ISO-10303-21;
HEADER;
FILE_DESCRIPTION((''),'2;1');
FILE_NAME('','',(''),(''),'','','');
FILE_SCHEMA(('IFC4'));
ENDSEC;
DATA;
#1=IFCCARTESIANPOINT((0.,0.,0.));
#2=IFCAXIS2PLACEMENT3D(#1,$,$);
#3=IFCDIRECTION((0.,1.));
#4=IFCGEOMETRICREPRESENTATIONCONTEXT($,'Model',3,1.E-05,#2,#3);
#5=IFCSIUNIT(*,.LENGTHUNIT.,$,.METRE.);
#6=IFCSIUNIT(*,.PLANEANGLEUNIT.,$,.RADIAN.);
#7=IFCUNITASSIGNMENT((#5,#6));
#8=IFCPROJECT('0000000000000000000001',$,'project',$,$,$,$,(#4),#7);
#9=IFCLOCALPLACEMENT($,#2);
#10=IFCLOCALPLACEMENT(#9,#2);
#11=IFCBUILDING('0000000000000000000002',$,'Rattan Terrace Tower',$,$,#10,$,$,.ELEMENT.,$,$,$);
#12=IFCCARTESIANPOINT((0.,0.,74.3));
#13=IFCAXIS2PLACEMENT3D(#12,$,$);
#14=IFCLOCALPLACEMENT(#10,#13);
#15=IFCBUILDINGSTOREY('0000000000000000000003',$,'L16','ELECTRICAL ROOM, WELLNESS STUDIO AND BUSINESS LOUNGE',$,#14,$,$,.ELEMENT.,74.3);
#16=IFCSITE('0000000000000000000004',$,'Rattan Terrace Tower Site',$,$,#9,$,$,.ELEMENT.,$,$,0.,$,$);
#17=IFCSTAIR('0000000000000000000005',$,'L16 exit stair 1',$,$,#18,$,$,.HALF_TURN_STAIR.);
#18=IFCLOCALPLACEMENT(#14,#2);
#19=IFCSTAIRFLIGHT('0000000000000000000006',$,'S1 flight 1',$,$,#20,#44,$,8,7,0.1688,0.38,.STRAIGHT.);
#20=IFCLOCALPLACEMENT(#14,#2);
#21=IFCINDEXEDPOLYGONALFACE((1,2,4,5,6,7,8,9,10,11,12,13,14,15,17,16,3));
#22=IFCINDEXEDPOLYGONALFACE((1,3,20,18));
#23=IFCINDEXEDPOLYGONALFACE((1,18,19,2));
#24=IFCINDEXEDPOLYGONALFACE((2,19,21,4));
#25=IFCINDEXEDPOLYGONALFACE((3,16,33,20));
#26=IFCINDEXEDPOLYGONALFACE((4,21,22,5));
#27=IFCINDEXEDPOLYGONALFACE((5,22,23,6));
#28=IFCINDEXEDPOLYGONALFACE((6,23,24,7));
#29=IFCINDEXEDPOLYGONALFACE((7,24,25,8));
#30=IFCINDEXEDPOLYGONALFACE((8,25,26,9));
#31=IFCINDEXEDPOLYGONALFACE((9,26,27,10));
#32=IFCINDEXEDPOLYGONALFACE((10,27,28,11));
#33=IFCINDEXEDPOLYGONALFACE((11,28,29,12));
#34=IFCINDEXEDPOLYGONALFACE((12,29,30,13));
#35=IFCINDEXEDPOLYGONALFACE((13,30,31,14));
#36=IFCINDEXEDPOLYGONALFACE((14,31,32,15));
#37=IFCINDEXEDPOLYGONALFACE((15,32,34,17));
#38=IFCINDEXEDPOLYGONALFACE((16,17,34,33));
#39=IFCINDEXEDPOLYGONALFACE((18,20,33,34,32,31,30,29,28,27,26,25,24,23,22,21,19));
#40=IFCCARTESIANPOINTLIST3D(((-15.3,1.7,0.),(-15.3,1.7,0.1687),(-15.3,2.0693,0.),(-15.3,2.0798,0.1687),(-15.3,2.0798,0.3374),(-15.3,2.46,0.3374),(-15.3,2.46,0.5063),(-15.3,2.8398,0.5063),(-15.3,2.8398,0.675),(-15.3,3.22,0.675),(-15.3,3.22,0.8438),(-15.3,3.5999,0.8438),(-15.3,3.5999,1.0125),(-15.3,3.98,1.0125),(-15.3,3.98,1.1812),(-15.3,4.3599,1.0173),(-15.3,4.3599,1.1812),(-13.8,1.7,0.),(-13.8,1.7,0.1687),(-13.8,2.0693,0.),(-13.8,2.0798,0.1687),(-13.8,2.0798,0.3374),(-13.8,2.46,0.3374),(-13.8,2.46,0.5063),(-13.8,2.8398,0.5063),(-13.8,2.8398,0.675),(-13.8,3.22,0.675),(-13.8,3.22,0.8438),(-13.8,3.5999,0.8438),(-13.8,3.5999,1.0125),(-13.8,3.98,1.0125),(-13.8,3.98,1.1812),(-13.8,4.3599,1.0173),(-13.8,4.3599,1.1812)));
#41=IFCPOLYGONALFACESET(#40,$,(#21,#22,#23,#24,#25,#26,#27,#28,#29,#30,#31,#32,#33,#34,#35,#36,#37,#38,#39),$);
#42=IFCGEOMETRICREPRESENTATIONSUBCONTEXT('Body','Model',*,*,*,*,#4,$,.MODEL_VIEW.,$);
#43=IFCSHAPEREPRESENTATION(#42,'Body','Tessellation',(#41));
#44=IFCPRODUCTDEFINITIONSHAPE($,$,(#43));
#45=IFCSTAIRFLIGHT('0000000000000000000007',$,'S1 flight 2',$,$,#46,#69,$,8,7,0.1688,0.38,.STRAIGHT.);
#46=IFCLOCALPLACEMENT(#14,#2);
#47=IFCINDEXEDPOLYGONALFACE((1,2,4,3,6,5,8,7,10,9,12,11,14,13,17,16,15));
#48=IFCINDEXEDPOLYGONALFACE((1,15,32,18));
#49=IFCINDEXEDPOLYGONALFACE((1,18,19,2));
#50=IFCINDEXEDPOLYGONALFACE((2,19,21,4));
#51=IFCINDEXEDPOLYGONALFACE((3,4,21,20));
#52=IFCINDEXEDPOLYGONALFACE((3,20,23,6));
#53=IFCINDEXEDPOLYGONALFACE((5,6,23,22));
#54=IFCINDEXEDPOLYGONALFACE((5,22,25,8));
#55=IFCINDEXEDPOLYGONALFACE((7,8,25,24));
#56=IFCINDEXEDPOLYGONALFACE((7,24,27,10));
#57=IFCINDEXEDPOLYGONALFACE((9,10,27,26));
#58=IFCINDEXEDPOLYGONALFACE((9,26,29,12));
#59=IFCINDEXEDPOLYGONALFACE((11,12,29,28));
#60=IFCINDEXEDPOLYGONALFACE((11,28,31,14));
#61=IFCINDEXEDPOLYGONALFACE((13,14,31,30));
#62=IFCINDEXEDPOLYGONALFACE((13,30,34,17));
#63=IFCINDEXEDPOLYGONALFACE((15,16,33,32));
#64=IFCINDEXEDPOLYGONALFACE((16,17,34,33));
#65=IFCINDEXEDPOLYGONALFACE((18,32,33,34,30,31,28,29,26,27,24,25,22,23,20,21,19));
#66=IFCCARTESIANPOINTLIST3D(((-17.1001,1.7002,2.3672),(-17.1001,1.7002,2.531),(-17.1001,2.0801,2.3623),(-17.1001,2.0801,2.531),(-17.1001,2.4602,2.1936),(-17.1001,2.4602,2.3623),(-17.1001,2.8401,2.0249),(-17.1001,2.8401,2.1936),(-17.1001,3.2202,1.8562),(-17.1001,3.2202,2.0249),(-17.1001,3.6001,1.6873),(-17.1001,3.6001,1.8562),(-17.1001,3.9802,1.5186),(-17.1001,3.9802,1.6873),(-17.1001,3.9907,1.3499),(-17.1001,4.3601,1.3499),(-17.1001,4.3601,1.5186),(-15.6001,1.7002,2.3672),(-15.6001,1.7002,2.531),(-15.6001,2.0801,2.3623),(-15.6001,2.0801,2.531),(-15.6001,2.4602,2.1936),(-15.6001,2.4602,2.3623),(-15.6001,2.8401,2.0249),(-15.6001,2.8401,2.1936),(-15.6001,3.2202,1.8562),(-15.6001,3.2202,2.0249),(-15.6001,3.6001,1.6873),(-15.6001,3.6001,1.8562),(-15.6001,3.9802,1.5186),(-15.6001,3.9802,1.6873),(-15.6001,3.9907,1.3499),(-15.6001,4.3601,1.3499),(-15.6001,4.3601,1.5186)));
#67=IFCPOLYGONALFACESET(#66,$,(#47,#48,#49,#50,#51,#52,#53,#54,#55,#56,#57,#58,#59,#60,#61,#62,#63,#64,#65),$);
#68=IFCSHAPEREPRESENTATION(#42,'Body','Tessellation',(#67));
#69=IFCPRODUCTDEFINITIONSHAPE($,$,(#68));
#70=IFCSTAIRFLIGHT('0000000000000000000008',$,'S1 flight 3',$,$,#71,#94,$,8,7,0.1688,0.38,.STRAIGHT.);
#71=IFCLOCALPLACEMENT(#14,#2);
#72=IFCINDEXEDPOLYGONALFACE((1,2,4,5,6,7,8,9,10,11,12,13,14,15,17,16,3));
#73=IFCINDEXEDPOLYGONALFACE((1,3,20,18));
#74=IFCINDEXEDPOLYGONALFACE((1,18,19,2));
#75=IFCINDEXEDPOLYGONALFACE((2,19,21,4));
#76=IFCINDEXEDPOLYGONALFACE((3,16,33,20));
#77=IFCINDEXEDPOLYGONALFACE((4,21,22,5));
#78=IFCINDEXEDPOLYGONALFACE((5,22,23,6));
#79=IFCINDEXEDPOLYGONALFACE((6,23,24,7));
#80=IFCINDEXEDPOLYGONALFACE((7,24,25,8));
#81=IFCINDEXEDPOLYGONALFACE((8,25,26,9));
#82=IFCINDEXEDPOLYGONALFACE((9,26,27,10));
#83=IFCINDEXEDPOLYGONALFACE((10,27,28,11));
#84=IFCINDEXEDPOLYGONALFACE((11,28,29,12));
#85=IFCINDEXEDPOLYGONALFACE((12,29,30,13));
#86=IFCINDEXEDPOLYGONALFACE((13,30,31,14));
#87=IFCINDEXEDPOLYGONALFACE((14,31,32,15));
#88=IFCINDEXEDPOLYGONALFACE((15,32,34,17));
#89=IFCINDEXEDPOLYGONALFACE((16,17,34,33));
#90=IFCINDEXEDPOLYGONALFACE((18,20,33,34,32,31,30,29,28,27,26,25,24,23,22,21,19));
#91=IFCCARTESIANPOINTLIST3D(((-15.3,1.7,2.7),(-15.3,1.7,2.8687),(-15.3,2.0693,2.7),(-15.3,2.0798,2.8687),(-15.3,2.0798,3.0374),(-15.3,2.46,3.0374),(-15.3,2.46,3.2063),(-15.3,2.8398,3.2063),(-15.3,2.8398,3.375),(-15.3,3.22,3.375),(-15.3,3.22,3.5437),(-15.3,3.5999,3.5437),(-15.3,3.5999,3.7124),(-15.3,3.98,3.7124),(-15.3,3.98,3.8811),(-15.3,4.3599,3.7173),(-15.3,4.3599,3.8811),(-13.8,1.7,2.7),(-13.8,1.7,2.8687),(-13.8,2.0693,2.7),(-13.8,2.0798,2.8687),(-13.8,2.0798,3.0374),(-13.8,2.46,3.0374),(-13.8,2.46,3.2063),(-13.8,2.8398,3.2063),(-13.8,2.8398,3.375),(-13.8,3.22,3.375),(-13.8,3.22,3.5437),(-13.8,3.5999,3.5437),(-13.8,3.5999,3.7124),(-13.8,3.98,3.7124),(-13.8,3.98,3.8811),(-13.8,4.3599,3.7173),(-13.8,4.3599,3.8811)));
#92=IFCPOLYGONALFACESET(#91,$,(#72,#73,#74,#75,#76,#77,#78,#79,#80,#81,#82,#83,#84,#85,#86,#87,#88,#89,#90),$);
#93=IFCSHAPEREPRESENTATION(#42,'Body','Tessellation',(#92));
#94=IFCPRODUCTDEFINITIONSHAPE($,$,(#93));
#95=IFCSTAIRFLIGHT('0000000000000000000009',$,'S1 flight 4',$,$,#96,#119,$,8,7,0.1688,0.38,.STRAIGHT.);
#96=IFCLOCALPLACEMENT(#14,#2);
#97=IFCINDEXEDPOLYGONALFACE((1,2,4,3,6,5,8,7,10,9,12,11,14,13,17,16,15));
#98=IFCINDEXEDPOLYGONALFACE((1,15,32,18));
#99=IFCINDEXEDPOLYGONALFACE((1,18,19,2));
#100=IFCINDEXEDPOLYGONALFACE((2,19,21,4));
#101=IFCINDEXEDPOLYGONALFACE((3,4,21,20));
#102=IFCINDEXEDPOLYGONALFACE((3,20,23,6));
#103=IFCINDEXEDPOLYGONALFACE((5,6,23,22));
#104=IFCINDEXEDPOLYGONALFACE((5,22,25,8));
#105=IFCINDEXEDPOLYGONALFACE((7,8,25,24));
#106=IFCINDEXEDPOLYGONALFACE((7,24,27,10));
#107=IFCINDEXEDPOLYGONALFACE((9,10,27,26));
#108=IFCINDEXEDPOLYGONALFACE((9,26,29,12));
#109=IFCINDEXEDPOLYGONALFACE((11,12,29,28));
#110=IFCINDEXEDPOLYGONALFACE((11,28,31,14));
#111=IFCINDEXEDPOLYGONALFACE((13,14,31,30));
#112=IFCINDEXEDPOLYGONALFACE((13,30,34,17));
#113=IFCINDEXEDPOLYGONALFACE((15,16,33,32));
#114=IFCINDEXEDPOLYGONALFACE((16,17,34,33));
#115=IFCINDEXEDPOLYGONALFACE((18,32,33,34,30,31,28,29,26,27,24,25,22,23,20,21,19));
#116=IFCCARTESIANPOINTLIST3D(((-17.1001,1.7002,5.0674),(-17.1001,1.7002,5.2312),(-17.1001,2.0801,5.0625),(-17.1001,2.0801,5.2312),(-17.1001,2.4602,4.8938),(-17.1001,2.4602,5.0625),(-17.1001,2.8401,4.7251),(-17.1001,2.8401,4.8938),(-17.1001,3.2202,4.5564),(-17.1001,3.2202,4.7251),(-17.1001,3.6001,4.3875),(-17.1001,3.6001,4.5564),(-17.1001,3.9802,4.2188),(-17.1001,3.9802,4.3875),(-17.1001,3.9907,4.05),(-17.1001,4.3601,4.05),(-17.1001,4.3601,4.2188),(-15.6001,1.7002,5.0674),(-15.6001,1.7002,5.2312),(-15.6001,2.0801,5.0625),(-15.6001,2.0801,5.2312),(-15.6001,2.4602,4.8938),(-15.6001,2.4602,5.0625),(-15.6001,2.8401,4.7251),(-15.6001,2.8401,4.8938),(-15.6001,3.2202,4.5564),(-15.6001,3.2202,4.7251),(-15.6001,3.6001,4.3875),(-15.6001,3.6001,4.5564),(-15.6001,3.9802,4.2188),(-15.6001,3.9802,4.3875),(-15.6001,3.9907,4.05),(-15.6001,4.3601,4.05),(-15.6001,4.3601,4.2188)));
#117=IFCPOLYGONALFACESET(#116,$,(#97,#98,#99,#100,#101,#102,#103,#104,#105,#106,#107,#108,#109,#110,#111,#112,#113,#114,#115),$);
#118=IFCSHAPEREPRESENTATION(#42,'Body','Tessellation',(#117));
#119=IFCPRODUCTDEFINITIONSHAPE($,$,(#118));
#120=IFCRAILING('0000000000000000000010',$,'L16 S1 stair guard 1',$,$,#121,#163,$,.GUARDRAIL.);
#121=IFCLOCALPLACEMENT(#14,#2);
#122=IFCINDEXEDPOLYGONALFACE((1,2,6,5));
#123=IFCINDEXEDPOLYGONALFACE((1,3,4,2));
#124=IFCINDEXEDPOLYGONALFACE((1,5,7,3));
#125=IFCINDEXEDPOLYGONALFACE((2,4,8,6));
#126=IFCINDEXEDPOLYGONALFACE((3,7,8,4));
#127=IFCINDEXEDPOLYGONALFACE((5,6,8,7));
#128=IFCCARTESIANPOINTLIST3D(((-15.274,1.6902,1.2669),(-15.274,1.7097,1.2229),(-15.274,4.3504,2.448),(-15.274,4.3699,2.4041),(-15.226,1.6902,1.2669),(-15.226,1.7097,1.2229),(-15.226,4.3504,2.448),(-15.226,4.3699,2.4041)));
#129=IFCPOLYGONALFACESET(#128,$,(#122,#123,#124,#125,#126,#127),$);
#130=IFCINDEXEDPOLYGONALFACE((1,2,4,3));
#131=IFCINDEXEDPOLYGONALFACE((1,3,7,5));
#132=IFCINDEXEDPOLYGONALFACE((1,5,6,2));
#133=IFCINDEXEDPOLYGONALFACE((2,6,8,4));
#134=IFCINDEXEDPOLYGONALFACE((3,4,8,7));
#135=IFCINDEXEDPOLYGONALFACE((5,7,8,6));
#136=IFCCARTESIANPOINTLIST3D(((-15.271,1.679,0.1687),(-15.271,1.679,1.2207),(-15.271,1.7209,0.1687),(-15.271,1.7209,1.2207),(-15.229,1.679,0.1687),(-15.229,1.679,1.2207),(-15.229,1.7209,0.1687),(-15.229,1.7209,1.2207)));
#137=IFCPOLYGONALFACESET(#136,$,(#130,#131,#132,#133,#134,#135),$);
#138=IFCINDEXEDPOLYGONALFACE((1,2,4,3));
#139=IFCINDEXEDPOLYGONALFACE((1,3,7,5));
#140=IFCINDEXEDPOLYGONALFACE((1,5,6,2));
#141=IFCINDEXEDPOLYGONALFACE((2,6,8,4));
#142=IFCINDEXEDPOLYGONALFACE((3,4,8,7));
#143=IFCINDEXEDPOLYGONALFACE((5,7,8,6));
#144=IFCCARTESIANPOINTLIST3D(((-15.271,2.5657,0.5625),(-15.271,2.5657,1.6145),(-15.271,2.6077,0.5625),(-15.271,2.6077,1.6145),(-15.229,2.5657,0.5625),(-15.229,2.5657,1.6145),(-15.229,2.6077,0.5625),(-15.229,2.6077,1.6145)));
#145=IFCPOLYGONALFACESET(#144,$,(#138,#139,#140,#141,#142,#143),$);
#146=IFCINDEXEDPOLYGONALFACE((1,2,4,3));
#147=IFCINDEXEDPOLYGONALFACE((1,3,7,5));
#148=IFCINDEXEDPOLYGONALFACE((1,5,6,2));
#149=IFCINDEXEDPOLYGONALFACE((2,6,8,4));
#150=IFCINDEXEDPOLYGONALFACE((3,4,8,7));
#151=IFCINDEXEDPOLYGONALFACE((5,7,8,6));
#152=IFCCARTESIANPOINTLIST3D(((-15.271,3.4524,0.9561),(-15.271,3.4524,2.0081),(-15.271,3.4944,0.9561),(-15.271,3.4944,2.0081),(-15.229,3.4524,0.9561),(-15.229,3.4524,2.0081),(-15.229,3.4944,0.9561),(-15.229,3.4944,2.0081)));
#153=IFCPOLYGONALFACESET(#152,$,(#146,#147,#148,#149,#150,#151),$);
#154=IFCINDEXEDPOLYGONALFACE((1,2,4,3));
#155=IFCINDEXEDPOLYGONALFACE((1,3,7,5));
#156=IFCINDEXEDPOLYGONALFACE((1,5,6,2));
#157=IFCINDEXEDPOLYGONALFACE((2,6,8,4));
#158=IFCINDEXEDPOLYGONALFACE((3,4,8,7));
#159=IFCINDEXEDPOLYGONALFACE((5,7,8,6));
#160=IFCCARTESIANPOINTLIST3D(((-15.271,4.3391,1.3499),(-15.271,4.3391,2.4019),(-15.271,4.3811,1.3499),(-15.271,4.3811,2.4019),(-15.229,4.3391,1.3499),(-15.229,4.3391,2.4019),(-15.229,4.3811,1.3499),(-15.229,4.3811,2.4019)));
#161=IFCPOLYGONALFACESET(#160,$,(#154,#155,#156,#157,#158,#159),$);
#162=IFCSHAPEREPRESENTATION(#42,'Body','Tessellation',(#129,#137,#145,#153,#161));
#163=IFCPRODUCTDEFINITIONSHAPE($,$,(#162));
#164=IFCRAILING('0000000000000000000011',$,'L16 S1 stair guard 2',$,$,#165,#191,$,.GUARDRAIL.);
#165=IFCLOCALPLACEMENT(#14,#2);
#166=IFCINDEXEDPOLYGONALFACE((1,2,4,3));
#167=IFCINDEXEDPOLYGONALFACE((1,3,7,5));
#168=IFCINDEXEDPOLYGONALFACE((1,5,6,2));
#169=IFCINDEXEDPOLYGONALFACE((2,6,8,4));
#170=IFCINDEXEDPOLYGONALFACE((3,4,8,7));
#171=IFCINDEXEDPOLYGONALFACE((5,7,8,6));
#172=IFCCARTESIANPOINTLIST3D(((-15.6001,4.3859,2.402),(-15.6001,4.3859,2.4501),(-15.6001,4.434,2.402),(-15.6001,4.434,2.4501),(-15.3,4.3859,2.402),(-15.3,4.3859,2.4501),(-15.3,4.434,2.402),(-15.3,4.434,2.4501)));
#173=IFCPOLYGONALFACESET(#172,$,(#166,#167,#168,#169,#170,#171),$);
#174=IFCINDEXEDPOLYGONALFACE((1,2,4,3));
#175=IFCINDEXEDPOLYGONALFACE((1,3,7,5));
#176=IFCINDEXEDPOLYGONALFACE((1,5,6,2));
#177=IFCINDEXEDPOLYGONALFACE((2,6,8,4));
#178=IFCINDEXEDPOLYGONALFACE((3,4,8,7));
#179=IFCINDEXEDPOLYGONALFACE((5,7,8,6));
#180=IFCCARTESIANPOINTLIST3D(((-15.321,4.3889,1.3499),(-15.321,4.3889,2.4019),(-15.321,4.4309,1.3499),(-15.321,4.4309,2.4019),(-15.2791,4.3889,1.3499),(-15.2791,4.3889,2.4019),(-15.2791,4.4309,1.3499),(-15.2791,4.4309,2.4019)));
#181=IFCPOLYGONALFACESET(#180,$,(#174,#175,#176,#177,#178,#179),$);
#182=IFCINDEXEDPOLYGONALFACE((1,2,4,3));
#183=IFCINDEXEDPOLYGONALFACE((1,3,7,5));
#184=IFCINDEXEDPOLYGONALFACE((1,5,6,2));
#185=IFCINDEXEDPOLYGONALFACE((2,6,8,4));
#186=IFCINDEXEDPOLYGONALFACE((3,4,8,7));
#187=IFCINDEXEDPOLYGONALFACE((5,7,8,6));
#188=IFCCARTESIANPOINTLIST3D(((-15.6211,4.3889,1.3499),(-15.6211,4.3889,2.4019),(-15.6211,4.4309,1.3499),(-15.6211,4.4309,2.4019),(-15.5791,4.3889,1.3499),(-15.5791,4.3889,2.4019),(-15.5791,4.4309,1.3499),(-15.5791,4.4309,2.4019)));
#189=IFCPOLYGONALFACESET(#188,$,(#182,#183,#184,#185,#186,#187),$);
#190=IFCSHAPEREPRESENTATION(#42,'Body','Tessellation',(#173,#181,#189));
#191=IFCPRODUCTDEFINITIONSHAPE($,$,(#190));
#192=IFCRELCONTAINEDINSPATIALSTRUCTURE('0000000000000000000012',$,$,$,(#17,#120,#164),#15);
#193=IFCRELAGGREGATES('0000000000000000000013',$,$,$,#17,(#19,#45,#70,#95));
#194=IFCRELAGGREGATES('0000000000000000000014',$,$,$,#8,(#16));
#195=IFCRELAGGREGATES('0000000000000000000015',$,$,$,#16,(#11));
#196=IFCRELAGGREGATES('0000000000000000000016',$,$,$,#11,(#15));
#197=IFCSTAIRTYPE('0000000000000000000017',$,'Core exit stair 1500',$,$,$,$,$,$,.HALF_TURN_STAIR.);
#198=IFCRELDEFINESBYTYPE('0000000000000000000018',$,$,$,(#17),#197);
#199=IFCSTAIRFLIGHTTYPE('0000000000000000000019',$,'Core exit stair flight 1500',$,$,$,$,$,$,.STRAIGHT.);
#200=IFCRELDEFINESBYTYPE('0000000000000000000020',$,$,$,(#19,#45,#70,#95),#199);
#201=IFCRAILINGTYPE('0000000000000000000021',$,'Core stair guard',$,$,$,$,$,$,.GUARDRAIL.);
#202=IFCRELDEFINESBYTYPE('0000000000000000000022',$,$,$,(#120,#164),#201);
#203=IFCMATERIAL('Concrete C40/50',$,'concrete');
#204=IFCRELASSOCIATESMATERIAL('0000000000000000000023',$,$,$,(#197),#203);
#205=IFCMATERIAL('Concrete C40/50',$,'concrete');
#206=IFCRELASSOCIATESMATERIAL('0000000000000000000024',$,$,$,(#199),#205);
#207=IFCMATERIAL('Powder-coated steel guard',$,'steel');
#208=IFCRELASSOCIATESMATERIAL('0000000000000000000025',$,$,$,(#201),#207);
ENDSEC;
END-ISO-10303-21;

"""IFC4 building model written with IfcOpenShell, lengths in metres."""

from ifc_helpers import new_model, si_unit, direction, frame, origin, origin_2d, place, context, subcontext, project, spatial, polyline, rectangle, outline, extrude, material, type_object, element, aggregate, save


model = new_model("IFC4")

# Units and contexts
model_context = context("Model", 3, precision=1e-05, world=origin(), true_north=direction((0.0, 1.0)))
body_context = subcontext(model_context, "Body", "Model", "MODEL_VIEW")
ifc_project = project(units=[si_unit("LENGTHUNIT", "METRE"), si_unit("PLANEANGLEUNIT", "RADIAN")], contexts=[model_context])

# Site, building, storey
site_placement = place(None, origin())
site = spatial("IfcSite", under=ifc_project, at=site_placement, Name="Rattan Terrace Tower Site", CompositionType="ELEMENT", RefElevation=0.0)
building_placement = place(site_placement, origin())
building = spatial("IfcBuilding", under=site, at=building_placement, Name="Rattan Terrace Tower", CompositionType="ELEMENT")
storey_placement = place(building_placement, frame((0.0, 0.0, 74.3)))
storey = spatial("IfcBuildingStorey", under=building, at=storey_placement, Name="L16", Description="ELECTRICAL ROOM, WELLNESS STUDIO AND BUSINESS LOUNGE", CompositionType="ELEMENT", Elevation=74.3)

# Stair, stair flights
ifc_material_1 = material(Name="Concrete C40/50", Category="concrete")
stair_type = type_object("IfcStairType", Name="Core exit stair 1500", PredefinedType="HALF_TURN_STAIR", material=ifc_material_1)
stair_placement = place(storey_placement, origin())
stair = element("IfcStair", 1, at=stair_placement, inside=storey, type_object=stair_type, Name="L16 exit stair 1", PredefinedType="HALF_TURN_STAIR")
ifc_material_2 = material(Name="Concrete C40/50", Category="concrete")
stair_flight_type = type_object("IfcStairFlightType", Name="Core exit stair flight 1500", PredefinedType="STRAIGHT", material=ifc_material_2)
stair_flight_1_placement = place(storey_placement, frame((-14.55, 1.7, 0.0), z_axis=(0.0, 0.0, 1.0), x_axis=(0.0, 1.0, 0.0)))
stair_flight_1 = element("IfcStairFlight", 2, at=stair_flight_1_placement, type_object=stair_flight_type, Name="S1 flight 1", NumberOfRisers=8, NumberOfTreads=7, PredefinedType="STRAIGHT", RiserHeight=0.1688, TreadLength=0.38, context=body_context, shape_type="SweptSolid", body=[
    extrude(outline(polyline([(0.0, 0.0), (0.0, 0.1687), (0.3799, 0.1687), (0.3799, 0.3374), (0.76, 0.3374), (0.76, 0.5063), (1.1399, 0.5063), (1.1399, 0.675), (1.52, 0.675), (1.52, 0.8438), (1.8999, 0.8438), (1.8999, 1.0125), (2.28, 1.0125), (2.28, 1.1812), (2.6599, 1.1812), (2.6599, 1.3501), (2.6599, 1.0173), (0.3694, 0.0), (0.0, 0.0)])), frame((0.0, 0.75, 0.0), z_axis=(0.0, -1.0, 0.0), x_axis=(1.0, 0.0, 0.0)), (0.0, 0.0, 1.0), 1.5),
])
stair_flight_2_placement = place(storey_placement, frame((-16.3501, 4.3601, 1.3499), z_axis=(0.0, 0.0, 1.0), x_axis=(0.0, -1.0, 0.0)))
stair_flight_2 = element("IfcStairFlight", 3, at=stair_flight_2_placement, type_object=stair_flight_type, Name="S1 flight 2", NumberOfRisers=8, NumberOfTreads=7, PredefinedType="STRAIGHT", RiserHeight=0.1688, TreadLength=0.38, context=body_context, shape_type="SweptSolid", body=[
    extrude(outline(polyline([(0.0, 0.0), (0.0, 0.1687), (0.3799, 0.1687), (0.3799, 0.3374), (0.76, 0.3374), (0.76, 0.5063), (1.1399, 0.5063), (1.1399, 0.675), (1.52, 0.675), (1.52, 0.8438), (1.8999, 0.8438), (1.8999, 1.0125), (2.28, 1.0125), (2.28, 1.1812), (2.6599, 1.1812), (2.6599, 1.3501), (2.6599, 1.0173), (0.3694, 0.0), (0.0, 0.0)])), frame((0.0, 0.75, 0.0), z_axis=(0.0, -1.0, 0.0), x_axis=(1.0, 0.0, 0.0)), (0.0, 0.0, 1.0), 1.5),
])
stair_flight_3_placement = place(storey_placement, frame((-14.55, 1.7, 2.7), z_axis=(0.0, 0.0, 1.0), x_axis=(0.0, 1.0, 0.0)))
stair_flight_3 = element("IfcStairFlight", 4, at=stair_flight_3_placement, type_object=stair_flight_type, Name="S1 flight 3", NumberOfRisers=8, NumberOfTreads=7, PredefinedType="STRAIGHT", RiserHeight=0.1688, TreadLength=0.38, context=body_context, shape_type="SweptSolid", body=[
    extrude(outline(polyline([(0.0, 0.0), (0.0, 0.1687), (0.3799, 0.1687), (0.3799, 0.3374), (0.76, 0.3374), (0.76, 0.5063), (1.1399, 0.5063), (1.1399, 0.675), (1.52, 0.675), (1.52, 0.8438), (1.8999, 0.8438), (1.8999, 1.0125), (2.28, 1.0125), (2.28, 1.1812), (2.6599, 1.1812), (2.6599, 1.3501), (2.6599, 1.0173), (0.3694, 0.0), (0.0, 0.0)])), frame((0.0, 0.75, 0.0), z_axis=(0.0, -1.0, 0.0), x_axis=(1.0, 0.0, 0.0)), (0.0, 0.0, 1.0), 1.5),
])
stair_flight_4_placement = place(storey_placement, frame((-16.3501, 4.3601, 4.05), z_axis=(0.0, 0.0, 1.0), x_axis=(0.0, -1.0, 0.0)))
stair_flight_4 = element("IfcStairFlight", 5, at=stair_flight_4_placement, type_object=stair_flight_type, Name="S1 flight 4", NumberOfRisers=8, NumberOfTreads=7, PredefinedType="STRAIGHT", RiserHeight=0.1688, TreadLength=0.38, context=body_context, shape_type="SweptSolid", body=[
    extrude(outline(polyline([(0.0, 0.0), (0.0, 0.1687), (0.3799, 0.1687), (0.3799, 0.3374), (0.76, 0.3374), (0.76, 0.5063), (1.1399, 0.5063), (1.1399, 0.675), (1.52, 0.675), (1.52, 0.8438), (1.8999, 0.8438), (1.8999, 1.0125), (2.28, 1.0125), (2.28, 1.1812), (2.6599, 1.1812), (2.6599, 1.3501), (2.6599, 1.0173), (0.3694, 0.0), (0.0, 0.0)])), frame((0.0, 0.75, 0.0), z_axis=(0.0, -1.0, 0.0), x_axis=(1.0, 0.0, 0.0)), (0.0, 0.0, 1.0), 1.5),
])
aggregate(stair, [stair_flight_1, stair_flight_2, stair_flight_3, stair_flight_4])

# Railings
ifc_material_3 = material(Name="Powder-coated steel guard", Category="steel")
railing_type_1 = type_object("IfcRailingType", Name="Core stair guard", PredefinedType="GUARDRAIL", material=ifc_material_3)
railing_1_placement = place(storey_placement, frame((-15.25, 1.7, 0.1687)))
element("IfcRailing", 6, at=railing_1_placement, inside=storey, type_object=railing_type_1, Name="L16 S1 stair guard 1", PredefinedType="GUARDRAIL", context=body_context, shape_type="SweptSolid", body=[
    extrude(rectangle(XDim=0.0481, YDim=0.0481, at=origin_2d()), frame((0.0, 0.0, 1.0762), z_axis=(0.0, 0.913957, 0.405812), x_axis=(-1.0, 0.0, 0.0)), (0.0, 0.0, 1.0), 2.9106),
    extrude(rectangle(XDim=0.042, YDim=0.042, at=origin_2d()), origin(), (0.0, 0.0, 1.0), 1.052),
    extrude(rectangle(XDim=0.042, YDim=0.042, at=origin_2d()), frame((0.0, 0.8867, 0.3938)), (0.0, 0.0, 1.0), 1.052),
    extrude(rectangle(XDim=0.042, YDim=0.042, at=origin_2d()), frame((0.0, 1.7734, 0.7874)), (0.0, 0.0, 1.0), 1.052),
    extrude(rectangle(XDim=0.042, YDim=0.042, at=origin_2d()), frame((0.0, 2.6602, 1.1812)), (0.0, 0.0, 1.0), 1.052),
])
railing_2_placement = place(storey_placement, frame((-15.3, 4.4099, 1.3499)))
element("IfcRailing", 7, at=railing_2_placement, inside=storey, type_object=railing_type_1, Name="L16 S1 stair guard 2", PredefinedType="GUARDRAIL", context=body_context, shape_type="SweptSolid", body=[
    extrude(rectangle(XDim=0.0481, YDim=0.0481, at=origin_2d()), frame((0.0, 0.0, 1.0762), z_axis=(-1.0, 0.0, 0.0), x_axis=(0.0, -1.0, 0.0)), (0.0, 0.0, 1.0), 0.3),
    extrude(rectangle(XDim=0.042, YDim=0.042, at=origin_2d()), origin(), (0.0, 0.0, 1.0), 1.052),
    extrude(rectangle(XDim=0.042, YDim=0.042, at=origin_2d()), frame((-0.3, 0.0, 0.0)), (0.0, 0.0, 1.0), 1.052),
])

save(model, "model.ifc")
